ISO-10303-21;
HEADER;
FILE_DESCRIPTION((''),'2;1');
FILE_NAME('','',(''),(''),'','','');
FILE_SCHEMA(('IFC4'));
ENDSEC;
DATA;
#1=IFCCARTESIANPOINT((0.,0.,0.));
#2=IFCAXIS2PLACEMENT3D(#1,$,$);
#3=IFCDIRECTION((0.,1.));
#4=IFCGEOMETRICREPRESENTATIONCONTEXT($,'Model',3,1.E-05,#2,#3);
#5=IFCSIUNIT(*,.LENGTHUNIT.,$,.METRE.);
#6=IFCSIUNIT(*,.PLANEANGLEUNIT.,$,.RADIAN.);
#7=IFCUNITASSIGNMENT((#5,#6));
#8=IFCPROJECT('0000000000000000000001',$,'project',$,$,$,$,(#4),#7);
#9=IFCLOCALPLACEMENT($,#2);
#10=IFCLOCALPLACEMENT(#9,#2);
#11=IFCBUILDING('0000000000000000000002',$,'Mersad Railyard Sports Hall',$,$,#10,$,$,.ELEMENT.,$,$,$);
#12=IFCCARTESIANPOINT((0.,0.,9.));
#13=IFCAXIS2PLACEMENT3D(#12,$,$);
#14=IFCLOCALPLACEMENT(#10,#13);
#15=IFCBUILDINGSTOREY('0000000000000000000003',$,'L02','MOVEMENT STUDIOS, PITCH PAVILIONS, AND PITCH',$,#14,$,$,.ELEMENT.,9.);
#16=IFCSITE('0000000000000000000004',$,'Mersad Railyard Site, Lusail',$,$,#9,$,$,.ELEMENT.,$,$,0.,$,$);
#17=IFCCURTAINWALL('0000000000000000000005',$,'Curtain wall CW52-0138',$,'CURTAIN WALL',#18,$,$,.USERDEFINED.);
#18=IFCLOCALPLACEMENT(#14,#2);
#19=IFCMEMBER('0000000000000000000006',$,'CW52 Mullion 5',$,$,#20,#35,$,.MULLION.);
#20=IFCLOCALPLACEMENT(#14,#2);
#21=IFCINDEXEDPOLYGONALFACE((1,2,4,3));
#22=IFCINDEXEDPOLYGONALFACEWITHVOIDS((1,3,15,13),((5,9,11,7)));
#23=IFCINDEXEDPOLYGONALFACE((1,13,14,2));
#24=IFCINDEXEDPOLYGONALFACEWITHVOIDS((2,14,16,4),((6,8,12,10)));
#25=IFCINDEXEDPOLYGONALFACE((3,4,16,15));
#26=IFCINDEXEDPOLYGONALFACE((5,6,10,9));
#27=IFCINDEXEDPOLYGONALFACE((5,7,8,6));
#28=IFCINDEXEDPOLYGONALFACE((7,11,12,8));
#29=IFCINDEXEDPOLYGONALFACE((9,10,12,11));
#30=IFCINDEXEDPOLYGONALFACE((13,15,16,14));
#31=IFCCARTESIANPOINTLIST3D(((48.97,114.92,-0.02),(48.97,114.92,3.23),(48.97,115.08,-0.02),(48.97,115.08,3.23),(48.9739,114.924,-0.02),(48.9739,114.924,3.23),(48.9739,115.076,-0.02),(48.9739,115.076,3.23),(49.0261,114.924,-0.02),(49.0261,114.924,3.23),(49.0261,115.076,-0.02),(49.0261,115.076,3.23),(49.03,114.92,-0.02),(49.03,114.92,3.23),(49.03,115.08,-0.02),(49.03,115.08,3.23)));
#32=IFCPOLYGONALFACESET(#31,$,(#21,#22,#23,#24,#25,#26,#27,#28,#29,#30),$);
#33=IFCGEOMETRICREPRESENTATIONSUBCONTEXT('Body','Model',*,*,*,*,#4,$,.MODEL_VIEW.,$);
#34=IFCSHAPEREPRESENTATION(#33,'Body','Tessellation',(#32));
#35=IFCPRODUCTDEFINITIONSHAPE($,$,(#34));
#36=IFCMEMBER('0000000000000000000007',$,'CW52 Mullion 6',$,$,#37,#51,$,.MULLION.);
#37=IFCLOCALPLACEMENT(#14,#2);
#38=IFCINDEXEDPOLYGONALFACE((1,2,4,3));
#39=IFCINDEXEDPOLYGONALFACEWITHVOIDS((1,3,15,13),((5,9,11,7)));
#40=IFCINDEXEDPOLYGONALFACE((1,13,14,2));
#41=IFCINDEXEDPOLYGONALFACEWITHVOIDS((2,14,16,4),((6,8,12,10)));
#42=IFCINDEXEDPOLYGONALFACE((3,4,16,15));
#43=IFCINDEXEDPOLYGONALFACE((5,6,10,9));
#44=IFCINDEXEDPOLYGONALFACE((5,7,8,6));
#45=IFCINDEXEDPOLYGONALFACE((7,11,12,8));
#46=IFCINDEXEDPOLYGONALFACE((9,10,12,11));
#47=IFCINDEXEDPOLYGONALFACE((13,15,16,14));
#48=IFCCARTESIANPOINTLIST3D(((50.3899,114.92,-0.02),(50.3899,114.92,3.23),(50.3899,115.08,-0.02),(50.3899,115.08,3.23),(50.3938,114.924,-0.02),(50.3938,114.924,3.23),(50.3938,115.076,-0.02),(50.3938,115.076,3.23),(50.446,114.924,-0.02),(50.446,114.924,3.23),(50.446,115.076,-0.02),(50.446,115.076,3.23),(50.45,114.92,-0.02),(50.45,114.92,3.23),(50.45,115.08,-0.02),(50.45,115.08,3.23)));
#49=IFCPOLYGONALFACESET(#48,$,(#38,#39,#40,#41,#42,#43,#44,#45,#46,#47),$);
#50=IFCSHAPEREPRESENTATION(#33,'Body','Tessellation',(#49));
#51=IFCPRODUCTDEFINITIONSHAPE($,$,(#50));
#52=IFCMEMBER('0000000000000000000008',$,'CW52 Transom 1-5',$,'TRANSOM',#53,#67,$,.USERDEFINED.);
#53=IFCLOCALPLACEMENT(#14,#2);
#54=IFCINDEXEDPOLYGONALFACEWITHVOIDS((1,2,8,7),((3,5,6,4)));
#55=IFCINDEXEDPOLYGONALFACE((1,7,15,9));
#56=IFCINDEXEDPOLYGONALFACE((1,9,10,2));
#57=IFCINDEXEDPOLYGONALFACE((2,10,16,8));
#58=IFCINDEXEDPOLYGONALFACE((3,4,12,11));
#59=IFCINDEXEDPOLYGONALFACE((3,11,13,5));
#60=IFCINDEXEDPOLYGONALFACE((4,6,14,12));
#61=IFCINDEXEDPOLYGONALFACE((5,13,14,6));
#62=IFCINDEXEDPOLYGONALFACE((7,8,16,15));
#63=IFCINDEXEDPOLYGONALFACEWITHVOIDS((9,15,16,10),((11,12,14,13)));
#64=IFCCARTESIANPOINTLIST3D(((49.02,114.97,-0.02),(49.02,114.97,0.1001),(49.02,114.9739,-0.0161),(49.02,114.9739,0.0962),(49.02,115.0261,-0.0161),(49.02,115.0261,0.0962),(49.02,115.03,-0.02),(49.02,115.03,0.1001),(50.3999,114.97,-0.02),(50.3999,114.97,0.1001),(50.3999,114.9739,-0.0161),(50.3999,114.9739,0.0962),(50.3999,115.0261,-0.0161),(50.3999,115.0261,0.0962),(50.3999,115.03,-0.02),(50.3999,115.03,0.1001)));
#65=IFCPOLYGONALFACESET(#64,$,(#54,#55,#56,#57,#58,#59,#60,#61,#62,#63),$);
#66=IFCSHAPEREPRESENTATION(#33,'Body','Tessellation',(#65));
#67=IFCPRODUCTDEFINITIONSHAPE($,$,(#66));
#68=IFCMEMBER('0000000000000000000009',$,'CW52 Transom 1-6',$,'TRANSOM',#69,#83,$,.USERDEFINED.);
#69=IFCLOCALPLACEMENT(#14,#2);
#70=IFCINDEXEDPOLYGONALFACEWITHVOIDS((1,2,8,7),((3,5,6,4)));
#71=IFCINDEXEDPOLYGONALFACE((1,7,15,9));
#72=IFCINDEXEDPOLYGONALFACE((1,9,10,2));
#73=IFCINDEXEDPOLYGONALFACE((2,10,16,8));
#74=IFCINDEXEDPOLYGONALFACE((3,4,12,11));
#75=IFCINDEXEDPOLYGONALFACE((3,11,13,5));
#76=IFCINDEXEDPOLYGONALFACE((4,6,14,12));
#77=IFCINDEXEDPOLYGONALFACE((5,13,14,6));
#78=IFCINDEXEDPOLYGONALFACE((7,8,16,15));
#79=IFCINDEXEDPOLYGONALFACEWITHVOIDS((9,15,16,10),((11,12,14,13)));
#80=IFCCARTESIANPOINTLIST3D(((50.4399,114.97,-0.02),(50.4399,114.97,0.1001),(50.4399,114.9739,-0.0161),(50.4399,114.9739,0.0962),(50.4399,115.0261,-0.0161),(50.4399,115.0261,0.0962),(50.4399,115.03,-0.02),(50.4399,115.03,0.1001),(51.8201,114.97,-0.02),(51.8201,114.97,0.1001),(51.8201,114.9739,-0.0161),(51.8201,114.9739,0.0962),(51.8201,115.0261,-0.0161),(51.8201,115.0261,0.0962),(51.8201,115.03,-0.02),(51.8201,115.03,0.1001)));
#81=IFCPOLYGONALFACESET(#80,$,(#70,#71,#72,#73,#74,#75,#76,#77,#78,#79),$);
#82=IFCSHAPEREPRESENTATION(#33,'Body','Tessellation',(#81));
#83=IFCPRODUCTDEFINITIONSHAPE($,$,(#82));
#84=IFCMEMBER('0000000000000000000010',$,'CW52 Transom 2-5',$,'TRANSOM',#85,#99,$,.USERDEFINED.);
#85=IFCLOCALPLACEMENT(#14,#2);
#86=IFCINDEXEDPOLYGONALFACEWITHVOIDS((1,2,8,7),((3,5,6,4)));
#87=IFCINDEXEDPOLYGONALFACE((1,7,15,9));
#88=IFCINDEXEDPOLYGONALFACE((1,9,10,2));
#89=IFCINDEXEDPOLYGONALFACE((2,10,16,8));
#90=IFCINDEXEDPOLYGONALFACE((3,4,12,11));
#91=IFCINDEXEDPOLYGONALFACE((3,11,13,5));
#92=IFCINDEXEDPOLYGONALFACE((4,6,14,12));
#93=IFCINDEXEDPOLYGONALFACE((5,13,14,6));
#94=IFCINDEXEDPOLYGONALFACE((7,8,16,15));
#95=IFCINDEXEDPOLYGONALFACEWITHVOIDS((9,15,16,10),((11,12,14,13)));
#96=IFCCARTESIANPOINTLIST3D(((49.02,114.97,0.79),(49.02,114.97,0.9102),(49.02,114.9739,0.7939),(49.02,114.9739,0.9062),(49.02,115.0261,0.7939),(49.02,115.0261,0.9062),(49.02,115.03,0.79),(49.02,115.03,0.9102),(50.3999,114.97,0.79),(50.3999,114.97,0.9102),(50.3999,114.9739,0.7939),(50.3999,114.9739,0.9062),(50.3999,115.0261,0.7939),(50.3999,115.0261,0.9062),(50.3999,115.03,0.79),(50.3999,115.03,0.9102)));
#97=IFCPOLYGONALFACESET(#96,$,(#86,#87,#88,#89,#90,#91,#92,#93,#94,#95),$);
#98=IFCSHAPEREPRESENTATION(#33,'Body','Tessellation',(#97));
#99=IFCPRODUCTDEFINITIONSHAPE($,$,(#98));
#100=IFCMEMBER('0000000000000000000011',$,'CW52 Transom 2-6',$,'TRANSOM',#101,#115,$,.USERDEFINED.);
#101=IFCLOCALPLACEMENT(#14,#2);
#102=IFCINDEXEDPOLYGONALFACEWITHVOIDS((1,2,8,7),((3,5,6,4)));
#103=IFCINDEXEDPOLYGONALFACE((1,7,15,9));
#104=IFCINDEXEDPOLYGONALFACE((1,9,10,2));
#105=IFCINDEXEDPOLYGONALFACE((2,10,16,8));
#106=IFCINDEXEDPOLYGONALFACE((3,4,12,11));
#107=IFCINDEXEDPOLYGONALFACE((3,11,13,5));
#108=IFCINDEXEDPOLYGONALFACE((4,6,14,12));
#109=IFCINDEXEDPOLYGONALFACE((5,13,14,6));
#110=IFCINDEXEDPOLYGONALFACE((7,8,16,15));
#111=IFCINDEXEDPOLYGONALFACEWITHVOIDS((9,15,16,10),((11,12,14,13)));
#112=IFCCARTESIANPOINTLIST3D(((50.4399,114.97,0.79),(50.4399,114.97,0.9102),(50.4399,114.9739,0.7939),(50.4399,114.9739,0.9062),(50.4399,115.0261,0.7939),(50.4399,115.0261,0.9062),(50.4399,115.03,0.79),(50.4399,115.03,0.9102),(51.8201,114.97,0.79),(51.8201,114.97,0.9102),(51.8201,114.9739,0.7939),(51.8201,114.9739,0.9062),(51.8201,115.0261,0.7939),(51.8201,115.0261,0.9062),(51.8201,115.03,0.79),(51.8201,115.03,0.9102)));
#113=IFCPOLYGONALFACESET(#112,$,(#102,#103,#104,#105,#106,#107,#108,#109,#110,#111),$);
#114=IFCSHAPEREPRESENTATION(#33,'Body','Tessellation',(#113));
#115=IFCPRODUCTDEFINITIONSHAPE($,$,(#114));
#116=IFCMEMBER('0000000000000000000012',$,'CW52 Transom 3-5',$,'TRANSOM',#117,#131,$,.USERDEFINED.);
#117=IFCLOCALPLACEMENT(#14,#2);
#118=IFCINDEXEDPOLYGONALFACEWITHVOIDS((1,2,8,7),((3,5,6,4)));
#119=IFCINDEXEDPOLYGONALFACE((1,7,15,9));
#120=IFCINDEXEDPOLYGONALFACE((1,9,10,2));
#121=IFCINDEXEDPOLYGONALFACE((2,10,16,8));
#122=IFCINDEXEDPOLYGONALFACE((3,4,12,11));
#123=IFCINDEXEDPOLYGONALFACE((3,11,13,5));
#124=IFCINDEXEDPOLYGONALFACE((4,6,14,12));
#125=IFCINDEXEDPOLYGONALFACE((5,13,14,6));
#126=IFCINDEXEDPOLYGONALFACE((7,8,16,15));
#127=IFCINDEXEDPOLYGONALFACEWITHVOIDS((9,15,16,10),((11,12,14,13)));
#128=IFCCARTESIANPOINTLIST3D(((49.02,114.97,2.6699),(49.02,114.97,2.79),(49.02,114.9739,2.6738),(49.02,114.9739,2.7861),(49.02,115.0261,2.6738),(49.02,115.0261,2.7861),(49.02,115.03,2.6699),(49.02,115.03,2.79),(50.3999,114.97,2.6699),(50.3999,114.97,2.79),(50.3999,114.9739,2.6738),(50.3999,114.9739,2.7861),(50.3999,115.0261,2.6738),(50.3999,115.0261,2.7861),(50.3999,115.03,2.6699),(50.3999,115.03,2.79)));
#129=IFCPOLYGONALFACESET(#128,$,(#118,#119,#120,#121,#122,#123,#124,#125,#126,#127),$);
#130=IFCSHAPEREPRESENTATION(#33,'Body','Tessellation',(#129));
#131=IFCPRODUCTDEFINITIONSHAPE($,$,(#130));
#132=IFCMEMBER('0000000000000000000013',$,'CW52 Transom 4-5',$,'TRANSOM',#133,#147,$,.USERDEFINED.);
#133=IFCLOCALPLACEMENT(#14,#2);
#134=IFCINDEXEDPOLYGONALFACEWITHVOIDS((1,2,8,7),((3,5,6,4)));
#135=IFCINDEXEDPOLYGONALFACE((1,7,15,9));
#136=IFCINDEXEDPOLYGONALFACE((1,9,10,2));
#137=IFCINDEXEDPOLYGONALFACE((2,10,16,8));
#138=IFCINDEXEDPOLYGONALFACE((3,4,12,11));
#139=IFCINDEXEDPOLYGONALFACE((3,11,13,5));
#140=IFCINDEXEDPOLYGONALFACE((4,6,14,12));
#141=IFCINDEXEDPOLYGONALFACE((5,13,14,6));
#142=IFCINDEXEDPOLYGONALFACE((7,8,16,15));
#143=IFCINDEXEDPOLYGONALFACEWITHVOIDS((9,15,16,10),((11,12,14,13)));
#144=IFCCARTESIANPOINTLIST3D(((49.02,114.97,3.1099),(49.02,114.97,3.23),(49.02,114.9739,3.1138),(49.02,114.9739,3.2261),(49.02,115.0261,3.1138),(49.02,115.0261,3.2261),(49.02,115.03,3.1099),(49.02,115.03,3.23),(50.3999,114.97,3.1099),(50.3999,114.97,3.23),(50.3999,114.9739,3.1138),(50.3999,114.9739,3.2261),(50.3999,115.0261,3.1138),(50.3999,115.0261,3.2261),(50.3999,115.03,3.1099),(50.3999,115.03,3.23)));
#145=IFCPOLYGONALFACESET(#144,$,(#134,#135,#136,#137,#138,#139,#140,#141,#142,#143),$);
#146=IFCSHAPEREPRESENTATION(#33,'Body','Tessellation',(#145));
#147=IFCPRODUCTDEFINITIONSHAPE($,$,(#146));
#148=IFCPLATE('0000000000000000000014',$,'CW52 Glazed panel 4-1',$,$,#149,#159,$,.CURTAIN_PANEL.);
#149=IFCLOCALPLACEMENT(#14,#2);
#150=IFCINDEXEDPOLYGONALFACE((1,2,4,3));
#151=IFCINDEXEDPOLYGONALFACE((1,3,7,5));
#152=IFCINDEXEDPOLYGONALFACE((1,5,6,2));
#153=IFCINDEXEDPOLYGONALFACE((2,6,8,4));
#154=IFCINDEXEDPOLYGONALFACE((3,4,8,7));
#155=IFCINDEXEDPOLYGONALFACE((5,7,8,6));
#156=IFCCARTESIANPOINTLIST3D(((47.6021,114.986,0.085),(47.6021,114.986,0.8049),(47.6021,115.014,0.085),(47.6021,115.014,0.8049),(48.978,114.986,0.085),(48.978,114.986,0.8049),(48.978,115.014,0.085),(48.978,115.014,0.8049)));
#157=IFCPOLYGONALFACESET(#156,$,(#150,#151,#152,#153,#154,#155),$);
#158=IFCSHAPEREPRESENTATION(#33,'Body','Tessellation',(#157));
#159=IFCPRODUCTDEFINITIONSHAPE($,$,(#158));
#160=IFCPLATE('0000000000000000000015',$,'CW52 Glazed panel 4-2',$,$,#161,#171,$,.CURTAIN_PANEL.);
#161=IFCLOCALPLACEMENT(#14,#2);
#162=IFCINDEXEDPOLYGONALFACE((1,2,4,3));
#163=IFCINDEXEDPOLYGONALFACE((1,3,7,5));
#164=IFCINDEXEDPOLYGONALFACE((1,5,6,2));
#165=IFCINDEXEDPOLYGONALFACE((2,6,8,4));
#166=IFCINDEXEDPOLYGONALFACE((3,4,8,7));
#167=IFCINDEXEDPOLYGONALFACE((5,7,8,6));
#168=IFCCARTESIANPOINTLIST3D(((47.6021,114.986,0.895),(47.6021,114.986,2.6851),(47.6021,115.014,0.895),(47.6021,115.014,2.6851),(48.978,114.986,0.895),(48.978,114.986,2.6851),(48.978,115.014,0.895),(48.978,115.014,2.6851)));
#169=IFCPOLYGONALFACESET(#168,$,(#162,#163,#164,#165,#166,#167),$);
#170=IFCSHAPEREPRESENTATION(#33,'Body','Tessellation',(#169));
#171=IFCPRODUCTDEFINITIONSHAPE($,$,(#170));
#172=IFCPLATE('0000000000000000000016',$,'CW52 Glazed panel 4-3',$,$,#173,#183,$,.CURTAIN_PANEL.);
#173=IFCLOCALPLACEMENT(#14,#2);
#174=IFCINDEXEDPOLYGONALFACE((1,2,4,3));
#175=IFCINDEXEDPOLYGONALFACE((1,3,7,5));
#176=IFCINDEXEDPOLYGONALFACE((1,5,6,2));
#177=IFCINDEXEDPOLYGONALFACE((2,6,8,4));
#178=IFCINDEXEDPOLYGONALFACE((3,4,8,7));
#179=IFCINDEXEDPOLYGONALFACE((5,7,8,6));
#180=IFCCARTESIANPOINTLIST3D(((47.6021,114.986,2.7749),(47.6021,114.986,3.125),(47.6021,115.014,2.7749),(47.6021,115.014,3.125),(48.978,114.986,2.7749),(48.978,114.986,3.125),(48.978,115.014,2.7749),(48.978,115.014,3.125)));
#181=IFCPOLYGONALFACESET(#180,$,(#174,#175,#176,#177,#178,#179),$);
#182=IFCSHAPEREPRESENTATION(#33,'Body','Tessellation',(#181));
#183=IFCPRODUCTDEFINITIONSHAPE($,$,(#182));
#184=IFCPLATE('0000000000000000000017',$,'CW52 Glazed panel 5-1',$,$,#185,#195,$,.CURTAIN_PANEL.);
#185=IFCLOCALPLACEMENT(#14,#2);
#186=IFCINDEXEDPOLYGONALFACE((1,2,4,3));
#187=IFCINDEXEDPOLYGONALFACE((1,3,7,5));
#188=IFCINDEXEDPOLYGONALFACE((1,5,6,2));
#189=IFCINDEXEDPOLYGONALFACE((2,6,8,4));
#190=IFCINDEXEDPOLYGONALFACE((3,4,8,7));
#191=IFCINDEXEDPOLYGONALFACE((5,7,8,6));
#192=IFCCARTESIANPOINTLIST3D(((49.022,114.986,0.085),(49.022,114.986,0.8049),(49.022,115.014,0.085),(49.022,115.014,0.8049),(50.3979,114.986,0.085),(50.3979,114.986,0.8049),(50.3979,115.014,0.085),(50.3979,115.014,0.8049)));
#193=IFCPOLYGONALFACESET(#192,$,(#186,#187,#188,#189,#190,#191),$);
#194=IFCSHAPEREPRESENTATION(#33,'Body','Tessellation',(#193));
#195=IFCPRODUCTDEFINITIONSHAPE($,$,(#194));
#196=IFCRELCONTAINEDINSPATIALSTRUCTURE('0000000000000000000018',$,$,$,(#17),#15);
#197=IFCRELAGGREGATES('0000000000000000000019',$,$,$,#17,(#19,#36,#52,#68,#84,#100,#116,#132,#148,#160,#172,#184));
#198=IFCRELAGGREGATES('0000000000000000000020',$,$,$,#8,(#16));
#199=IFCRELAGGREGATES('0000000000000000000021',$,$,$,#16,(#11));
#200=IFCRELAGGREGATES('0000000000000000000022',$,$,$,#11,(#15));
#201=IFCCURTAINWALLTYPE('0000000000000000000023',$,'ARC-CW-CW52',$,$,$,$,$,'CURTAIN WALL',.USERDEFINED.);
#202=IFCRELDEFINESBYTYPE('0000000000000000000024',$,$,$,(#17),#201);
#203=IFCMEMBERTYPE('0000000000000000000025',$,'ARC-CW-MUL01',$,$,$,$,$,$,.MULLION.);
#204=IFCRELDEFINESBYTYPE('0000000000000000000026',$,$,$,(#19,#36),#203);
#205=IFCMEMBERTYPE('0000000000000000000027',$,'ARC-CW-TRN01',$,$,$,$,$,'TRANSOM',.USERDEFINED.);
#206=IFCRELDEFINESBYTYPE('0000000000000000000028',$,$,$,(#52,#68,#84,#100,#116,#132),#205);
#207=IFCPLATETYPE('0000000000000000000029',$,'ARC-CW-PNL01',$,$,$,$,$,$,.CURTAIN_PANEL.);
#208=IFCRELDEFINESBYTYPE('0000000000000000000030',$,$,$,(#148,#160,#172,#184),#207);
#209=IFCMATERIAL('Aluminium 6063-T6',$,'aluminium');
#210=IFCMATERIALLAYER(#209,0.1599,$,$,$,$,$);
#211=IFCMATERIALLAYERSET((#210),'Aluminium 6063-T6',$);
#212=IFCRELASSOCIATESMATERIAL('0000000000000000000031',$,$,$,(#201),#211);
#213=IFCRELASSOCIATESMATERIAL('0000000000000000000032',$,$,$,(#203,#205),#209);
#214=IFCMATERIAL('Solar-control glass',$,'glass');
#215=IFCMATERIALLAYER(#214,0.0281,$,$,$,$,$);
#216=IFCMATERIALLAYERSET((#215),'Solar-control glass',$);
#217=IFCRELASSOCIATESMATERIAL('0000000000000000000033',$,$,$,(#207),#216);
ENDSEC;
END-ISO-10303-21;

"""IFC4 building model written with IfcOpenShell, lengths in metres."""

from ifc_helpers import new_model, si_unit, direction, frame, origin, origin_2d, place, context, subcontext, project, spatial, rectangle, hollow_rectangle, extrude, material, layer, layer_set, material_profile, profile_set, type_object, element, aggregate, save


model = new_model("IFC4")

# Units and contexts
model_context = context("Model", 3, precision=1e-05, world=origin(), true_north=direction((0.0, 1.0)))
body_context = subcontext(model_context, "Body", "Model", "MODEL_VIEW")
ifc_project = project(units=[si_unit("LENGTHUNIT", "METRE"), si_unit("PLANEANGLEUNIT", "RADIAN")], contexts=[model_context])

# Site, building, storey
site_placement = place(None, origin())
site = spatial("IfcSite", under=ifc_project, at=site_placement, Name="Mersad Railyard Site, Lusail", CompositionType="ELEMENT", RefElevation=0.0)
building_placement = place(site_placement, origin())
building = spatial("IfcBuilding", under=site, at=building_placement, Name="Mersad Railyard Sports Hall", CompositionType="ELEMENT")
storey_placement = place(building_placement, frame((0.0, 0.0, 9.0)))
storey = spatial("IfcBuildingStorey", under=building, at=storey_placement, Name="L02", Description="MOVEMENT STUDIOS, PITCH PAVILIONS, AND PITCH", CompositionType="ELEMENT", Elevation=9.0)

# Curtain wall, members, plates
ifc_material_1 = material(Name="Aluminium 6063-T6", Category="aluminium")
ifc_layer_1 = layer(ifc_material_1, 0.1599)
ifc_layer_set_1 = layer_set([ifc_layer_1], Name="Aluminium 6063-T6")
curtain_wall_type = type_object("IfcCurtainWallType", Name="ARC-CW-CW52", ElementType="CURTAIN WALL", PredefinedType="USERDEFINED", material=ifc_layer_set_1)
curtain_wall_placement = place(storey_placement, origin())
curtain_wall = element("IfcCurtainWall", 1, at=curtain_wall_placement, inside=storey, type_object=curtain_wall_type, Name="Curtain wall CW52-0138", ObjectType="CURTAIN WALL", PredefinedType="USERDEFINED")
ifc_material_profile_1 = material_profile(ifc_material_1, hollow_rectangle(XDim=0.0601, YDim=0.1599, WallThickness=0.0039, at=origin_2d()), Name="AL MULLION 60x160x4")
ifc_profile_set_1 = profile_set([ifc_material_profile_1], Name="Aluminium 6063-T6")
member_type_1 = type_object("IfcMemberType", Name="ARC-CW-MUL01", PredefinedType="MULLION", material=ifc_profile_set_1)
member_1_placement = place(storey_placement, frame((49.0, 115.0, -0.02), z_axis=(0.0, 0.0, 1.0), x_axis=(1.0, 0.0, 0.0)))
member_1 = element("IfcMember", 2, at=member_1_placement, type_object=member_type_1, Name="CW52 Mullion 5", PredefinedType="MULLION", context=body_context, shape_type="SweptSolid", body=[
    extrude(hollow_rectangle(XDim=0.0601, YDim=0.1599, WallThickness=0.0039, at=origin_2d()), origin(), (0.0, 0.0, 1.0), 3.25),
])
member_2_placement = place(storey_placement, frame((50.4199, 115.0, -0.02), z_axis=(0.0, 0.0, 1.0), x_axis=(1.0, 0.0, 0.0)))
member_2 = element("IfcMember", 3, at=member_2_placement, type_object=member_type_1, Name="CW52 Mullion 6", PredefinedType="MULLION", context=body_context, shape_type="SweptSolid", body=[
    extrude(hollow_rectangle(XDim=0.0601, YDim=0.1599, WallThickness=0.0039, at=origin_2d()), origin(), (0.0, 0.0, 1.0), 3.25),
])
ifc_material_profile_2 = material_profile(ifc_material_1, hollow_rectangle(XDim=0.0601, YDim=0.1201, WallThickness=0.0039, at=origin_2d()), Name="AL TRANSOM 60x120x4")
ifc_profile_set_2 = profile_set([ifc_material_profile_2], Name="Aluminium 6063-T6")
member_type_2 = type_object("IfcMemberType", Name="ARC-CW-TRN01", ElementType="TRANSOM", PredefinedType="USERDEFINED", material=ifc_profile_set_2)
member_3_placement = place(storey_placement, frame((49.02, 115.0, 0.04), z_axis=(1.0, 0.0, 0.0), x_axis=(0.0, 1.0, 0.0)))
member_3 = element("IfcMember", 4, at=member_3_placement, type_object=member_type_2, Name="CW52 Transom 1-5", ObjectType="TRANSOM", PredefinedType="USERDEFINED", context=body_context, shape_type="SweptSolid", body=[
    extrude(hollow_rectangle(XDim=0.0601, YDim=0.1201, WallThickness=0.0039, at=origin_2d()), origin(), (0.0, 0.0, 1.0), 1.3799),
])
member_4_placement = place(storey_placement, frame((50.4399, 115.0, 0.04), z_axis=(1.0, 0.0, 0.0), x_axis=(0.0, 1.0, 0.0)))
member_4 = element("IfcMember", 5, at=member_4_placement, type_object=member_type_2, Name="CW52 Transom 1-6", ObjectType="TRANSOM", PredefinedType="USERDEFINED", context=body_context, shape_type="SweptSolid", body=[
    extrude(hollow_rectangle(XDim=0.0601, YDim=0.1201, WallThickness=0.0039, at=origin_2d()), origin(), (0.0, 0.0, 1.0), 1.3801),
])
member_5_placement = place(storey_placement, frame((49.02, 115.0, 0.8501), z_axis=(1.0, 0.0, 0.0), x_axis=(0.0, 1.0, 0.0)))
member_5 = element("IfcMember", 6, at=member_5_placement, type_object=member_type_2, Name="CW52 Transom 2-5", ObjectType="TRANSOM", PredefinedType="USERDEFINED", context=body_context, shape_type="SweptSolid", body=[
    extrude(hollow_rectangle(XDim=0.0601, YDim=0.1201, WallThickness=0.0039, at=origin_2d()), origin(), (0.0, 0.0, 1.0), 1.3799),
])
member_6_placement = place(storey_placement, frame((50.4399, 115.0, 0.8501), z_axis=(1.0, 0.0, 0.0), x_axis=(0.0, 1.0, 0.0)))
member_6 = element("IfcMember", 7, at=member_6_placement, type_object=member_type_2, Name="CW52 Transom 2-6", ObjectType="TRANSOM", PredefinedType="USERDEFINED", context=body_context, shape_type="SweptSolid", body=[
    extrude(hollow_rectangle(XDim=0.0601, YDim=0.1201, WallThickness=0.0039, at=origin_2d()), origin(), (0.0, 0.0, 1.0), 1.3801),
])
member_7_placement = place(storey_placement, frame((49.02, 115.0, 2.73), z_axis=(1.0, 0.0, 0.0), x_axis=(0.0, 1.0, 0.0)))
member_7 = element("IfcMember", 8, at=member_7_placement, type_object=member_type_2, Name="CW52 Transom 3-5", ObjectType="TRANSOM", PredefinedType="USERDEFINED", context=body_context, shape_type="SweptSolid", body=[
    extrude(hollow_rectangle(XDim=0.0601, YDim=0.1201, WallThickness=0.0039, at=origin_2d()), origin(), (0.0, 0.0, 1.0), 1.3799),
])
member_8_placement = place(storey_placement, frame((49.02, 115.0, 3.1699), z_axis=(1.0, 0.0, 0.0), x_axis=(0.0, 1.0, 0.0)))
member_8 = element("IfcMember", 9, at=member_8_placement, type_object=member_type_2, Name="CW52 Transom 4-5", ObjectType="TRANSOM", PredefinedType="USERDEFINED", context=body_context, shape_type="SweptSolid", body=[
    extrude(hollow_rectangle(XDim=0.0601, YDim=0.1201, WallThickness=0.0039, at=origin_2d()), origin(), (0.0, 0.0, 1.0), 1.3799),
])
ifc_material_2 = material(Name="Solar-control glass", Category="glass")
ifc_layer_2 = layer(ifc_material_2, 0.0281)
ifc_layer_set_2 = layer_set([ifc_layer_2], Name="Solar-control glass")
plate_type = type_object("IfcPlateType", Name="ARC-CW-PNL01", PredefinedType="CURTAIN_PANEL", material=ifc_layer_set_2)
plate_1_placement = place(storey_placement, frame((48.29, 115.0, 0.085), z_axis=(0.0, 0.0, 1.0), x_axis=(1.0, 0.0, 0.0)))
plate_1 = element("IfcPlate", 10, at=plate_1_placement, type_object=plate_type, Name="CW52 Glazed panel 4-1", PredefinedType="CURTAIN_PANEL", context=body_context, shape_type="SweptSolid", body=[
    extrude(rectangle(XDim=1.376, YDim=0.0281, at=origin_2d()), origin(), (0.0, 0.0, 1.0), 0.72),
])
plate_2_placement = place(storey_placement, frame((48.29, 115.0, 0.895), z_axis=(0.0, 0.0, 1.0), x_axis=(1.0, 0.0, 0.0)))
plate_2 = element("IfcPlate", 11, at=plate_2_placement, type_object=plate_type, Name="CW52 Glazed panel 4-2", PredefinedType="CURTAIN_PANEL", context=body_context, shape_type="SweptSolid", body=[
    extrude(rectangle(XDim=1.376, YDim=0.0281, at=origin_2d()), origin(), (0.0, 0.0, 1.0), 1.79),
])
plate_3_placement = place(storey_placement, frame((48.29, 115.0, 2.7749), z_axis=(0.0, 0.0, 1.0), x_axis=(1.0, 0.0, 0.0)))
plate_3 = element("IfcPlate", 12, at=plate_3_placement, type_object=plate_type, Name="CW52 Glazed panel 4-3", PredefinedType="CURTAIN_PANEL", context=body_context, shape_type="SweptSolid", body=[
    extrude(rectangle(XDim=1.376, YDim=0.0281, at=origin_2d()), origin(), (0.0, 0.0, 1.0), 0.3501),
])
plate_4_placement = place(storey_placement, frame((49.71, 115.0, 0.085), z_axis=(0.0, 0.0, 1.0), x_axis=(1.0, 0.0, 0.0)))
plate_4 = element("IfcPlate", 13, at=plate_4_placement, type_object=plate_type, Name="CW52 Glazed panel 5-1", PredefinedType="CURTAIN_PANEL", context=body_context, shape_type="SweptSolid", body=[
    extrude(rectangle(XDim=1.376, YDim=0.0281, at=origin_2d()), origin(), (0.0, 0.0, 1.0), 0.72),
])
aggregate(curtain_wall, [member_1, member_2, member_3, member_4, member_5, member_6, member_7, member_8, plate_1, plate_2, plate_3, plate_4])

save(model, "model.ifc")
